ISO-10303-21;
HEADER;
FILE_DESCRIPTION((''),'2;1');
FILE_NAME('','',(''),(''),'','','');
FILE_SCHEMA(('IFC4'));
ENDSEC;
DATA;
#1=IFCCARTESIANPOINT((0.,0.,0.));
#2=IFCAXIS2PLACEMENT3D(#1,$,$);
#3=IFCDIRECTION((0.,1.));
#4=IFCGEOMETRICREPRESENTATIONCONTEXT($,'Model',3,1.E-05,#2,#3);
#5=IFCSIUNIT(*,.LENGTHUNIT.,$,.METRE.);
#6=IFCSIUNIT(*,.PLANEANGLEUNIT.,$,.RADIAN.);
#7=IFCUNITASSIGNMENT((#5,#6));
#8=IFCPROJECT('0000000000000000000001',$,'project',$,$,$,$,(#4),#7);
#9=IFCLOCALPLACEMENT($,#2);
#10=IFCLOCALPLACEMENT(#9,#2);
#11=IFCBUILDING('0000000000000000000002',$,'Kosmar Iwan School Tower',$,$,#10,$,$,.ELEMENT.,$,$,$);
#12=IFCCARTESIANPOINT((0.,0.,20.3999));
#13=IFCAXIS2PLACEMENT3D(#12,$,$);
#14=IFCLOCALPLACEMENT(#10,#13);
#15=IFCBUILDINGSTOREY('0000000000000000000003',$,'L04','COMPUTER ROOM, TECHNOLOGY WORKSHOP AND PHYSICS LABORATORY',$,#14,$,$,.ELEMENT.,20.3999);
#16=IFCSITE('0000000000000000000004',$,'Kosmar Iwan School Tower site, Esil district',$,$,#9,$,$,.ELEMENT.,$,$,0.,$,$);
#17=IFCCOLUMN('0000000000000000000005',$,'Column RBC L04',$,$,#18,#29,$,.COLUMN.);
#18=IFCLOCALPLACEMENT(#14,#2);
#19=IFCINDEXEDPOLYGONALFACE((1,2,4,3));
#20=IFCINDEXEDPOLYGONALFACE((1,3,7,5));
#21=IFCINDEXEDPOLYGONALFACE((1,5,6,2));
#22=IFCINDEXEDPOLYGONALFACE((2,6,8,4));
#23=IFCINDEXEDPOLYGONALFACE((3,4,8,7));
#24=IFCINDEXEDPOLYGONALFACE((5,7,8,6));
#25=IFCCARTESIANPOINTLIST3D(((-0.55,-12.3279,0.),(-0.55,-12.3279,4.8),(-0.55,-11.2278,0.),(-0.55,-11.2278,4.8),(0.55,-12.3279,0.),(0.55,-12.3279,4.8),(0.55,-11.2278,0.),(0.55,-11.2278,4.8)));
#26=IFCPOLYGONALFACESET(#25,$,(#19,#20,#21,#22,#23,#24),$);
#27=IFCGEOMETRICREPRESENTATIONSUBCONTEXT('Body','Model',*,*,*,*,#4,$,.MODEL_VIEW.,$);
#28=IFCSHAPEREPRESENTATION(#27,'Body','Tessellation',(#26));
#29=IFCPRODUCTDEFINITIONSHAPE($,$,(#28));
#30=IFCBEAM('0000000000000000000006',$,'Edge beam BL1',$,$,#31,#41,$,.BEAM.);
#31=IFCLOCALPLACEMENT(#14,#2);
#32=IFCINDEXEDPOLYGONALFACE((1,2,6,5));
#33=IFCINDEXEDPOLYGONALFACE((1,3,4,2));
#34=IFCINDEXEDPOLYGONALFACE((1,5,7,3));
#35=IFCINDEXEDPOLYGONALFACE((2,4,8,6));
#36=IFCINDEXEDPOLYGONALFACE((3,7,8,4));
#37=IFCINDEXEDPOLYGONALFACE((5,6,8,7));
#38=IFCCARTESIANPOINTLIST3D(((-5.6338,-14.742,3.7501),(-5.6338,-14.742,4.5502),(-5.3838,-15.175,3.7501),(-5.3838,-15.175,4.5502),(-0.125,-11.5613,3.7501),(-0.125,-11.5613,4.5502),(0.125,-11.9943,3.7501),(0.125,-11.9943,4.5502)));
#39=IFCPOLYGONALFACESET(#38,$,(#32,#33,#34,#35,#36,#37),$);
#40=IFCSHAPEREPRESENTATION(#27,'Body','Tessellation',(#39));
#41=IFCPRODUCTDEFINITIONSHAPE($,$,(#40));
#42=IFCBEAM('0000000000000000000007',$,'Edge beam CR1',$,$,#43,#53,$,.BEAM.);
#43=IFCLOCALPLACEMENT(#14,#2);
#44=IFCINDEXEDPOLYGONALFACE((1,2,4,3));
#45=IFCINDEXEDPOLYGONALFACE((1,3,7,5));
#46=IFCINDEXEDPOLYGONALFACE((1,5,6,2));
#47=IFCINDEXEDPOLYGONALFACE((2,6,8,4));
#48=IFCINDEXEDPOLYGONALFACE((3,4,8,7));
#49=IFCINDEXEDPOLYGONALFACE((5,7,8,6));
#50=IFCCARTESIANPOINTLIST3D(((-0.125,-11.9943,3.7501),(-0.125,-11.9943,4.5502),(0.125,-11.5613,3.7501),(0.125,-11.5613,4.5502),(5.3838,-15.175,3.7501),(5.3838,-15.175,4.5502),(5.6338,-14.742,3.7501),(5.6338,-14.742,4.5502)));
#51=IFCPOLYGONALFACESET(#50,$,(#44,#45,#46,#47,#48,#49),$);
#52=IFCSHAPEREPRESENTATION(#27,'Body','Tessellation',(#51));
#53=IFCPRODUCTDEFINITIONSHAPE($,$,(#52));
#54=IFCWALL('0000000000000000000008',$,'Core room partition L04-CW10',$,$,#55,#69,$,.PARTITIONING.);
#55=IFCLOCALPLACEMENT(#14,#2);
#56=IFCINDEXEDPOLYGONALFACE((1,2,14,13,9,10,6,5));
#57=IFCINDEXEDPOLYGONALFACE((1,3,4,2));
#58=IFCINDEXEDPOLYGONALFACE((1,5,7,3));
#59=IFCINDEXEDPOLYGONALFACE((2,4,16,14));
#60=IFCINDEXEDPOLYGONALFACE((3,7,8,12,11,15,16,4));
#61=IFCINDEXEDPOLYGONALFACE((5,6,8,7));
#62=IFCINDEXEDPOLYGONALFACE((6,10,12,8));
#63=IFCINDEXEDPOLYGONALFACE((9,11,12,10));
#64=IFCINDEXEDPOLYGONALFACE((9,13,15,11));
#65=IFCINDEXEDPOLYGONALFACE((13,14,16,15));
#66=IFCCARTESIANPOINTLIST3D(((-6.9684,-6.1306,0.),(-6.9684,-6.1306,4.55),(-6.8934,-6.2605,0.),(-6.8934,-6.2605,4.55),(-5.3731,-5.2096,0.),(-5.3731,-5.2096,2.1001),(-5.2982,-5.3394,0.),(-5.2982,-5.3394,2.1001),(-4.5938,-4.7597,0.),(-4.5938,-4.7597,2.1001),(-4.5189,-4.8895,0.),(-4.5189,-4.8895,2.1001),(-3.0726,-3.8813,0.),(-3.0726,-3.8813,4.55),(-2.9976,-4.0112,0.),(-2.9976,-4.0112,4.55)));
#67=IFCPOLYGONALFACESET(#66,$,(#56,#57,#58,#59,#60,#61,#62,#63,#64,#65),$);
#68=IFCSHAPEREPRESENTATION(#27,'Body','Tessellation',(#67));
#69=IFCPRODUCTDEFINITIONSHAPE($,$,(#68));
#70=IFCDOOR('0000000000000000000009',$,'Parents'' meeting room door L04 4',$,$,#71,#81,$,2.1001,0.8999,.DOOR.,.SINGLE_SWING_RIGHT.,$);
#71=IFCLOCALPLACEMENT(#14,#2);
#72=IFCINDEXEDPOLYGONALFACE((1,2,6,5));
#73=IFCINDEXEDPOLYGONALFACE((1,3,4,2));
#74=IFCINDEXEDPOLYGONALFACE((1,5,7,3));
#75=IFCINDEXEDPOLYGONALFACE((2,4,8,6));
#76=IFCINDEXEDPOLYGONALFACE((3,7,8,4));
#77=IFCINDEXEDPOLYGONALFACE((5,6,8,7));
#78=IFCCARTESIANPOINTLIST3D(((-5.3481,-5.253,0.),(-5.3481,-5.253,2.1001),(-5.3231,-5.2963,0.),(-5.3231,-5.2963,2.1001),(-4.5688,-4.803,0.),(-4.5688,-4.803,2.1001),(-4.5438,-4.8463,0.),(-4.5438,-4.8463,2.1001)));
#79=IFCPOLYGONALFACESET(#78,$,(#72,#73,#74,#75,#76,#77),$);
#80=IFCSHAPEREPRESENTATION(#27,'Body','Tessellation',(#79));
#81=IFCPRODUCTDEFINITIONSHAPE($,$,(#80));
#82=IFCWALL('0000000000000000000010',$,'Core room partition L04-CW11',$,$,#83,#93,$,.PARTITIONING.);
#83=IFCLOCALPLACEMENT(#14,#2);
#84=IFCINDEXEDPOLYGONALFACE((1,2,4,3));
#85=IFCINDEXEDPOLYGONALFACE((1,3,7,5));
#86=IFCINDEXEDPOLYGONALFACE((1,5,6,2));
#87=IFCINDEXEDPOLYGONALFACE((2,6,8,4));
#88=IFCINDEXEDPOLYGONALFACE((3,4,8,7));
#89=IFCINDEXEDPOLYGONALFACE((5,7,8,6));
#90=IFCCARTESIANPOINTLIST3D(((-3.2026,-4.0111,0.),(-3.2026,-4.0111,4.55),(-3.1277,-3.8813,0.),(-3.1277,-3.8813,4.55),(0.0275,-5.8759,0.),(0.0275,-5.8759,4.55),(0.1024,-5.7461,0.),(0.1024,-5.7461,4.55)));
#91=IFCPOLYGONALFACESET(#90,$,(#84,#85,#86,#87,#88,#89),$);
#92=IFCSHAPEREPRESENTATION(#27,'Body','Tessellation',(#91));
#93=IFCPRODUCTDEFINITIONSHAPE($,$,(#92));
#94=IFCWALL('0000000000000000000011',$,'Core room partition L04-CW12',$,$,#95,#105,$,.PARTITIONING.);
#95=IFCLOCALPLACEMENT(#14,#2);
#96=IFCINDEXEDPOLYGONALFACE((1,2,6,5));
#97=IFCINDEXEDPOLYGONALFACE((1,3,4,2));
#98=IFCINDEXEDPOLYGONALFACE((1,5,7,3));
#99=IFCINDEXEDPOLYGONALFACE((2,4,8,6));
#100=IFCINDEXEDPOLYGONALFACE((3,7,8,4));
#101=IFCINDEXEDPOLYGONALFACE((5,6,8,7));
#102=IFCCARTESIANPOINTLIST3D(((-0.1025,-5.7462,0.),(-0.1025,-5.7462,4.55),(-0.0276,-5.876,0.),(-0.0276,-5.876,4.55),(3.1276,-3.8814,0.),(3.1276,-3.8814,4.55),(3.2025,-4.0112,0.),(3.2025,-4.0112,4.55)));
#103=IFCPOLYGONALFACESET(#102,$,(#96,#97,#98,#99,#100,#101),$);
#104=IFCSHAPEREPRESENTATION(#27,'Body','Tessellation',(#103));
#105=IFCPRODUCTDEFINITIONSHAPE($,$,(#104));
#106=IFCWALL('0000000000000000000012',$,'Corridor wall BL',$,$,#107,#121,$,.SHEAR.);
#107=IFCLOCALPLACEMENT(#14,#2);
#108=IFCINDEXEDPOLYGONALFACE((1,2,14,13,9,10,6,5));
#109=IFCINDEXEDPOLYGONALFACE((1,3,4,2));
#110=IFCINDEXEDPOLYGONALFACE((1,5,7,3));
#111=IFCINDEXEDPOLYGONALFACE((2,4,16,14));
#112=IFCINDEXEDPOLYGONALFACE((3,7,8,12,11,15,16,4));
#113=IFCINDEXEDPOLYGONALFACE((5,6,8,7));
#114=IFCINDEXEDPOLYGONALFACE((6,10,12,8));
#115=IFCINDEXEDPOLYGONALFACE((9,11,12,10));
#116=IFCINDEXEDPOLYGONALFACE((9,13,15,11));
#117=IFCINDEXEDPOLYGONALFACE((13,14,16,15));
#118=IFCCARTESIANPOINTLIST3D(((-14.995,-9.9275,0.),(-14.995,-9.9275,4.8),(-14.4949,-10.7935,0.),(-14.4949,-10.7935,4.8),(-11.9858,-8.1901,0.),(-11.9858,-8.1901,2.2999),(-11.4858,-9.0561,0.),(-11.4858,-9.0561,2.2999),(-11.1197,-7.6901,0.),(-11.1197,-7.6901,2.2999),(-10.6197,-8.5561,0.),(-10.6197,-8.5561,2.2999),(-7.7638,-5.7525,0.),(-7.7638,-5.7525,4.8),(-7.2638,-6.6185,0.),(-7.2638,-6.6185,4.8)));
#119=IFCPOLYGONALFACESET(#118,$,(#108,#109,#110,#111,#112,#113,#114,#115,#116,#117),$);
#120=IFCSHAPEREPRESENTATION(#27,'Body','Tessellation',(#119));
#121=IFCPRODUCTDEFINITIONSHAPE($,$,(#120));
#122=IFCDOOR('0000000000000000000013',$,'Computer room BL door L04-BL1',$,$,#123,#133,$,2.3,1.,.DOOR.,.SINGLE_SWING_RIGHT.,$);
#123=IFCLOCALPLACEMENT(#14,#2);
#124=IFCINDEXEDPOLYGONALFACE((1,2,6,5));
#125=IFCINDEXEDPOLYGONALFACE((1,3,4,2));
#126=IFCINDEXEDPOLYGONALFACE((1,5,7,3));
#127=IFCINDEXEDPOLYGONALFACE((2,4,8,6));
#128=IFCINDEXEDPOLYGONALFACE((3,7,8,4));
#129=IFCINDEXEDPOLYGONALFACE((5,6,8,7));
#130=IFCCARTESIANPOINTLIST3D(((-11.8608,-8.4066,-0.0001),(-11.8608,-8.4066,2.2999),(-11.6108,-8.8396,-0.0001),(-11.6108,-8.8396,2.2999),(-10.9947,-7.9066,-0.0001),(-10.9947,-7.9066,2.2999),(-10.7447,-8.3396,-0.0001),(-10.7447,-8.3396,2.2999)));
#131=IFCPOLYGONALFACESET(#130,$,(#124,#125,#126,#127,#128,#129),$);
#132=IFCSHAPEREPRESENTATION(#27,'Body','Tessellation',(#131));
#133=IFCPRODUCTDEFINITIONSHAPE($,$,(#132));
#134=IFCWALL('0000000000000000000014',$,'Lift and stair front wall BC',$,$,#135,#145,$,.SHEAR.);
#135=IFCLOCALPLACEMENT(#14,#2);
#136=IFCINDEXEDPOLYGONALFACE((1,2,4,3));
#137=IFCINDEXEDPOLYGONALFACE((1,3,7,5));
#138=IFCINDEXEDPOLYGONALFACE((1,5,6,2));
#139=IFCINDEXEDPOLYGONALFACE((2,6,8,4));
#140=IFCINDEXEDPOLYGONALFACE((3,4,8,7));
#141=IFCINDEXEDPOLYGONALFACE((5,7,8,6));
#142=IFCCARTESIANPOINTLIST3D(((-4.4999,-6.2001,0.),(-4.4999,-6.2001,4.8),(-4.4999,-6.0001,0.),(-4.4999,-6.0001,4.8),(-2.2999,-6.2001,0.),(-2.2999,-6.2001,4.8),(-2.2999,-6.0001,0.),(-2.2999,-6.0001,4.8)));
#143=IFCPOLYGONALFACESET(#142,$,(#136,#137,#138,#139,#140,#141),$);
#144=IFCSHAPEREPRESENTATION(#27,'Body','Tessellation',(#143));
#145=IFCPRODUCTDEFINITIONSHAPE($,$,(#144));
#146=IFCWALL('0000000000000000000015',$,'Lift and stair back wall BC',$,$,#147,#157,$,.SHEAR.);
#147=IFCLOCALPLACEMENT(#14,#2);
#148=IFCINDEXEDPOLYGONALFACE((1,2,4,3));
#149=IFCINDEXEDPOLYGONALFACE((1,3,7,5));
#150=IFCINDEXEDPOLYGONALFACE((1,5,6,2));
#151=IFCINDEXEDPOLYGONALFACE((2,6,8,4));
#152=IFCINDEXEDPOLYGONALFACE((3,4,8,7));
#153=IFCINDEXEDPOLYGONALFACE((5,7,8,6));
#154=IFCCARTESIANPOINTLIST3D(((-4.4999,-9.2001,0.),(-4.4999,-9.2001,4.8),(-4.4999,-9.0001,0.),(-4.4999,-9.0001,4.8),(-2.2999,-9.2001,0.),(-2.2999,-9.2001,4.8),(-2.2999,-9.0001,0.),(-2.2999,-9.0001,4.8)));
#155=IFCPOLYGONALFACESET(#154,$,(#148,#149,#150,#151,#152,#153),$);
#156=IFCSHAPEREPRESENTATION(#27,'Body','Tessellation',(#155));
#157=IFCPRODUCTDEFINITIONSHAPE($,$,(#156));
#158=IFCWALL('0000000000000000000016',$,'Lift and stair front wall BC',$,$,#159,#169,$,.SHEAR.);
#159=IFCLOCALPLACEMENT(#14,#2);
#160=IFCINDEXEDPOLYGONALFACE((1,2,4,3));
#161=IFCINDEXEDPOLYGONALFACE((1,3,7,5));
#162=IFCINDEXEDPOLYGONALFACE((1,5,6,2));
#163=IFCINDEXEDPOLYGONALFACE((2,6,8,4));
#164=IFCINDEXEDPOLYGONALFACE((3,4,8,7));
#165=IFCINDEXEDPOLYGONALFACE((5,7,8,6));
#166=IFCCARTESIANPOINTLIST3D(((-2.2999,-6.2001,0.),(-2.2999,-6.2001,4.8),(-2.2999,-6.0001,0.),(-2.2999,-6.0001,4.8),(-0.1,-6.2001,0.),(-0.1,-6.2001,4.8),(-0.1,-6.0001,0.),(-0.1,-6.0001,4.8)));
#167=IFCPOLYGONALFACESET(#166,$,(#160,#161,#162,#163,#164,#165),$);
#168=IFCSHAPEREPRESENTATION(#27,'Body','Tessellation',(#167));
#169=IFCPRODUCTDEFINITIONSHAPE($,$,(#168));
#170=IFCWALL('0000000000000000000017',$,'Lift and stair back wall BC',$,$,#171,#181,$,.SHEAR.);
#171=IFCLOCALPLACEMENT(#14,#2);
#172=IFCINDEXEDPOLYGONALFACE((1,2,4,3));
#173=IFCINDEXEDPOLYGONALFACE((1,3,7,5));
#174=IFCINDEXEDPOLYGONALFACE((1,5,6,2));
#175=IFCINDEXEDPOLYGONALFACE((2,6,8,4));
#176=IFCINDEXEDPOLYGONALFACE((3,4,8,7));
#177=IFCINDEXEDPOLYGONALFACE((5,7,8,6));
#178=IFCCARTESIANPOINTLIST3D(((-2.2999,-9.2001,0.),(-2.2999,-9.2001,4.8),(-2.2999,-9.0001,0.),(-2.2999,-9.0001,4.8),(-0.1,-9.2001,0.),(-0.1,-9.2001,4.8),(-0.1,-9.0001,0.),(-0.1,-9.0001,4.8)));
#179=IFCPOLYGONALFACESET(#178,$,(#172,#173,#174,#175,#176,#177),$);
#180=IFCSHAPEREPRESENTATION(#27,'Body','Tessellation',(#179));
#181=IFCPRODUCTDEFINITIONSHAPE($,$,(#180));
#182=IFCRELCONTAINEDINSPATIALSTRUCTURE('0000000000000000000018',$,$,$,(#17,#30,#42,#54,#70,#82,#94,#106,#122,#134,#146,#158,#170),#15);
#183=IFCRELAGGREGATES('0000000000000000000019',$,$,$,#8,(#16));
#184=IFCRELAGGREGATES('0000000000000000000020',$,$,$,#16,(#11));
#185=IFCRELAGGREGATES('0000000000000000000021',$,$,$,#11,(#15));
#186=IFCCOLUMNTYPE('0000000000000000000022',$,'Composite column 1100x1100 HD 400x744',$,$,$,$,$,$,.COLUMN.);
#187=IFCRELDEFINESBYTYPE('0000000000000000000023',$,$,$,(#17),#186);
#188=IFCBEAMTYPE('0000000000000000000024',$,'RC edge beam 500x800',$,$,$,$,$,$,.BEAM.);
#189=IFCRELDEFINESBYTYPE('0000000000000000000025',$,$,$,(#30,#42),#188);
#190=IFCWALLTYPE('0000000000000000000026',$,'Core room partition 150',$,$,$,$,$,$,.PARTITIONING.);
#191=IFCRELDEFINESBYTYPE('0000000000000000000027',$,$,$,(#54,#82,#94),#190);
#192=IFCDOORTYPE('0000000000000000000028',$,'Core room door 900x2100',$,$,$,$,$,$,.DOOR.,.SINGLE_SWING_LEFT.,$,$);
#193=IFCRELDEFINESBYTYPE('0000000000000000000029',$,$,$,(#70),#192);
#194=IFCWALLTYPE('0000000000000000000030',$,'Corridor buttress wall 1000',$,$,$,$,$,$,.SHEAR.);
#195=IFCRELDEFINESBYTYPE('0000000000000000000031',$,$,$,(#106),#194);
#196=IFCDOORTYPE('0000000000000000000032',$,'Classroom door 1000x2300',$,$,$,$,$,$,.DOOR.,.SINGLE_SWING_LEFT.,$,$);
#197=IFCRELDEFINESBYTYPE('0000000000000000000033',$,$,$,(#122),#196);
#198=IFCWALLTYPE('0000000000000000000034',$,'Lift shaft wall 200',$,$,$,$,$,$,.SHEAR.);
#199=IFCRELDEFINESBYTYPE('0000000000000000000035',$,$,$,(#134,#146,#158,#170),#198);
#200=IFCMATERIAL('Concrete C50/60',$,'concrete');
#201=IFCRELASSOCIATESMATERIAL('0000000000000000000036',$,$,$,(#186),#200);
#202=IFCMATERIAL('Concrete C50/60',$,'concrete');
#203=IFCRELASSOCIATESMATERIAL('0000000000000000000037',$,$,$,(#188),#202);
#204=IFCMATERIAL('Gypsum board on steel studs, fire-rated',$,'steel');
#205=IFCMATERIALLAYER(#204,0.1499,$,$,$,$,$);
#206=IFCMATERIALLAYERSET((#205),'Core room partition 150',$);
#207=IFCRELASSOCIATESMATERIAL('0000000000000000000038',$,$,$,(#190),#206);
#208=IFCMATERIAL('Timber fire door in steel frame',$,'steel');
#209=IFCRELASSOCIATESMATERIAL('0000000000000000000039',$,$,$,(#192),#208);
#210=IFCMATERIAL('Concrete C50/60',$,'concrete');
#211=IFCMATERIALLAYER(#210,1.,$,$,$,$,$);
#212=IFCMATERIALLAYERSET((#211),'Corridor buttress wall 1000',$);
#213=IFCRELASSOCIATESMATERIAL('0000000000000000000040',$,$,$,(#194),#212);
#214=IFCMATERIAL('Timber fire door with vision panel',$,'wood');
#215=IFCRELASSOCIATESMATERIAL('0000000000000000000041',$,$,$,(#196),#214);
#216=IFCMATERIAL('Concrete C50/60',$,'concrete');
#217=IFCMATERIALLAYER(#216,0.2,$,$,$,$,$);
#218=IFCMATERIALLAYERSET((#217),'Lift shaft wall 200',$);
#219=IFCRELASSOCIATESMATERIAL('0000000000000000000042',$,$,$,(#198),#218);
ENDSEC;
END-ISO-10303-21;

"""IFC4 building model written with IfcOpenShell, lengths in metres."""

from ifc_helpers import new_model, si_unit, direction, frame, frame_2d, origin, origin_2d, place, context, subcontext, project, spatial, rectangle, extrude, material, layer, layer_set, material_profile, profile_set, type_object, element, fill, save


model = new_model("IFC4")

# Units and contexts
model_context = context("Model", 3, precision=1e-05, world=origin(), true_north=direction((0.0, 1.0)))
body_context = subcontext(model_context, "Body", "Model", "MODEL_VIEW")
ifc_project = project(units=[si_unit("LENGTHUNIT", "METRE"), si_unit("PLANEANGLEUNIT", "RADIAN")], contexts=[model_context])

# Site, building, storey
site_placement = place(None, origin())
site = spatial("IfcSite", under=ifc_project, at=site_placement, Name="Kosmar Iwan School Tower site, Esil district", CompositionType="ELEMENT", RefElevation=0.0)
building_placement = place(site_placement, origin())
building = spatial("IfcBuilding", under=site, at=building_placement, Name="Kosmar Iwan School Tower", CompositionType="ELEMENT")
storey_placement = place(building_placement, frame((0.0, 0.0, 20.3999)))
storey = spatial("IfcBuildingStorey", under=building, at=storey_placement, Name="L04", Description="COMPUTER ROOM, TECHNOLOGY WORKSHOP AND PHYSICS LABORATORY", CompositionType="ELEMENT", Elevation=20.3999)

# Column
ifc_material_1 = material(Name="Concrete C50/60", Category="concrete")
ifc_material_profile_1 = material_profile(ifc_material_1, rectangle(XDim=1.1001, YDim=1.1001, at=origin_2d()), Name="RC 1100x1100 + HD 400x744")
ifc_profile_set_1 = profile_set([ifc_material_profile_1], Name="Concrete C50/60")
column_type = type_object("IfcColumnType", Name="Composite column 1100x1100 HD 400x744", PredefinedType="COLUMN", material=ifc_profile_set_1)
column_placement = place(storey_placement, frame((0.0, -11.7778, 0.0), z_axis=(0.0, 0.0, 1.0), x_axis=(1.0, 0.0, 0.0)))
element("IfcColumn", 1, at=column_placement, inside=storey, type_object=column_type, Name="Column RBC L04", PredefinedType="COLUMN", context=body_context, shape_type="SweptSolid", body=[
    extrude(rectangle(XDim=1.1001, YDim=1.1001, at=origin_2d()), origin(), (0.0, 0.0, 1.0), 4.8),
])

# Beams
ifc_material_2 = material(Name="Concrete C50/60", Category="concrete")
ifc_material_profile_2 = material_profile(ifc_material_2, rectangle(XDim=0.5, YDim=0.8, at=origin_2d()), Name="RC 500x800")
ifc_profile_set_2 = profile_set([ifc_material_profile_2], Name="Concrete C50/60")
beam_type = type_object("IfcBeamType", Name="RC edge beam 500x800", PredefinedType="BEAM", material=ifc_profile_set_2)
for number, where, z_axis, x_axis, name in (
    (2, (0.0, -11.7778, 4.1501), (-0.866014, -0.500019, 0.0), (0.500019, -0.866014, 0.0), "Edge beam BL1"),
    (3, (0.0, -11.7778, 4.1501), (0.866014, -0.500019, 0.0), (0.500019, 0.866014, 0.0), "Edge beam CR1"),
):
    element("IfcBeam", number, at=place(storey_placement, frame(where, z_axis=z_axis, x_axis=x_axis)), inside=storey, type_object=beam_type, Name=name, PredefinedType="BEAM", context=body_context, shape_type="SweptSolid", body=[
        extrude(rectangle(XDim=0.5, YDim=0.8, at=origin_2d()), origin(), (0.0, 0.0, 1.0), 6.3611),
    ])

# Wall, opening, door
ifc_material_3 = material(Name="Gypsum board on steel studs, fire-rated", Category="steel")
ifc_layer_1 = layer(ifc_material_3, 0.1499)
ifc_layer_set_1 = layer_set([ifc_layer_1], Name="Core room partition 150")
wall_type_1 = type_object("IfcWallType", Name="Core room partition 150", PredefinedType="PARTITIONING", material=ifc_layer_set_1)
wall_1_placement = place(storey_placement, frame((-6.9309, -6.1956, 0.0), z_axis=(0.0, 0.0, 1.0), x_axis=(0.86602, 0.500009, 0.0)))
wall_1 = element("IfcWall", 4, at=wall_1_placement, inside=storey, type_object=wall_type_1, Name="Core room partition L04-CW10", PredefinedType="PARTITIONING", context=body_context, shape_type="SweptSolid", body=[
    extrude(rectangle(XDim=4.4985, YDim=0.1499, at=frame_2d((2.2493, 0.0))), origin(), (0.0, 0.0, 1.0), 4.55),
])
opening_1_placement = place(wall_1_placement, frame((1.842, 0.0, 0.0)))
opening_1 = element("IfcOpeningElement", 5, at=opening_1_placement, cuts=wall_1, PredefinedType="OPENING", context=body_context, shape_type="SweptSolid", body=[
    extrude(rectangle(XDim=0.8999, YDim=2.1001, at=frame_2d((0.45, 1.05))), frame((0.0, 0.0869, 0.0), z_axis=(0.0, -1.0, 0.0), x_axis=(1.0, 0.0, 0.0)), (0.0, 0.0, 1.0), 0.1738),
])
ifc_material_4 = material(Name="Timber fire door in steel frame", Category="steel")
door_type_1 = type_object("IfcDoorType", Name="Core room door 900x2100", OperationType="SINGLE_SWING_LEFT", PredefinedType="DOOR", material=ifc_material_4)
door_1_placement = place(opening_1_placement, origin())
door_1 = element("IfcDoor", 6, at=door_1_placement, inside=storey, type_object=door_type_1, Name="Parents' meeting room door L04 4", OperationType="SINGLE_SWING_RIGHT", OverallHeight=2.1001, OverallWidth=0.8999, PredefinedType="DOOR", context=body_context, shape_type="SweptSolid", body=[
    extrude(rectangle(XDim=0.8999, YDim=2.1001, at=frame_2d((0.45, 1.05))), frame((0.0, 0.0249, 0.0), z_axis=(0.0, -1.0, 0.0), x_axis=(1.0, 0.0, 0.0)), (0.0, 0.0, 1.0), 0.05),
])
fill(opening_1, door_1)

# Walls
for number, where, z_axis, x_axis, name in (
    (7, (-3.165, -3.9463, 0.0), (0.0, 0.0, 1.0), (0.866035, -0.499983, 0.0), "Core room partition L04-CW11"),
    (8, (-0.0649, -5.811, 0.0), (0.0, 0.0, 1.0), (0.866035, 0.499983, 0.0), "Core room partition L04-CW12"),
):
    element("IfcWall", number, at=place(storey_placement, frame(where, z_axis=z_axis, x_axis=x_axis)), inside=storey, type_object=wall_type_1, Name=name, PredefinedType="PARTITIONING", context=body_context, shape_type="SweptSolid", body=[
        extrude(rectangle(XDim=3.7297, YDim=0.1499, at=frame_2d((1.8647, 0.0))), origin(), (0.0, 0.0, 1.0), 4.55),
    ])

# Wall, opening, door
ifc_material_5 = material(Name="Concrete C50/60", Category="concrete")
ifc_layer_2 = layer(ifc_material_5, 1.0)
ifc_layer_set_2 = layer_set([ifc_layer_2], Name="Corridor buttress wall 1000")
wall_type_2 = type_object("IfcWallType", Name="Corridor buttress wall 1000", PredefinedType="SHEAR", material=ifc_layer_set_2)
wall_2_placement = place(storey_placement, frame((-7.5139, -6.1855, 0.0), z_axis=(0.0, 0.0, 1.0), x_axis=(-0.86602, -0.50001, 0.0)))
wall_2 = element("IfcWall", 9, at=wall_2_placement, inside=storey, type_object=wall_type_2, Name="Corridor wall BL", PredefinedType="SHEAR", context=body_context, shape_type="SweptSolid", body=[
    extrude(rectangle(XDim=8.3499, YDim=1.0, at=frame_2d((4.1748, 0.0))), origin(), (0.0, 0.0, 1.0), 4.8),
])
opening_2_placement = place(wall_2_placement, frame((3.875, 0.0, 0.0)))
opening_2 = element("IfcOpeningElement", 10, at=opening_2_placement, cuts=wall_2, PredefinedType="OPENING", context=body_context, shape_type="SweptSolid", body=[
    extrude(rectangle(XDim=1.0, YDim=2.3, at=frame_2d((0.5, 1.1499))), frame((0.0, 0.512, 0.0), z_axis=(0.0, -1.0, 0.0), x_axis=(1.0, 0.0, 0.0)), (0.0, 0.0, 1.0), 1.0239),
])
ifc_material_6 = material(Name="Timber fire door with vision panel", Category="wood")
door_type_2 = type_object("IfcDoorType", Name="Classroom door 1000x2300", OperationType="SINGLE_SWING_LEFT", PredefinedType="DOOR", material=ifc_material_6)
door_2_placement = place(opening_2_placement, origin())
door_2 = element("IfcDoor", 11, at=door_2_placement, inside=storey, type_object=door_type_2, Name="Computer room BL door L04-BL1", OperationType="SINGLE_SWING_RIGHT", OverallHeight=2.3, OverallWidth=1.0, PredefinedType="DOOR", context=body_context, shape_type="SweptSolid", body=[
    extrude(rectangle(XDim=1.0, YDim=2.3, at=frame_2d((0.5, 1.1499))), frame((0.0, 0.25, 0.0), z_axis=(0.0, -1.0, 0.0), x_axis=(1.0, 0.0, 0.0)), (0.0, 0.0, 1.0), 0.5),
])
fill(opening_2, door_2)

# Walls
ifc_material_7 = material(Name="Concrete C50/60", Category="concrete")
ifc_layer_3 = layer(ifc_material_7, 0.2)
ifc_layer_set_3 = layer_set([ifc_layer_3], Name="Lift shaft wall 200")
wall_type_3 = type_object("IfcWallType", Name="Lift shaft wall 200", PredefinedType="SHEAR", material=ifc_layer_set_3)
for number, where, z_axis, x_axis, name in (
    (12, (-4.5, -6.1001, 0.0), (0.0, 0.0, 1.0), (1.0, 0.0, 0.0), "Lift and stair front wall BC"),
    (13, (-4.5, -9.1001, 0.0), (0.0, 0.0, 1.0), (1.0, 0.0, 0.0), "Lift and stair back wall BC"),
    (14, (-2.3, -6.1001, 0.0), (0.0, 0.0, 1.0), (1.0, 0.0, 0.0), "Lift and stair front wall BC"),
    (15, (-2.3, -9.1001, 0.0), (0.0, 0.0, 1.0), (1.0, 0.0, 0.0), "Lift and stair back wall BC"),
):
    element("IfcWall", number, at=place(storey_placement, frame(where, z_axis=z_axis, x_axis=x_axis)), inside=storey, type_object=wall_type_3, Name=name, PredefinedType="SHEAR", context=body_context, shape_type="SweptSolid", body=[
        extrude(rectangle(XDim=2.2, YDim=0.2, at=frame_2d((1.1001, 0.0))), origin(), (0.0, 0.0, 1.0), 4.8),
    ])

save(model, "model.ifc")
